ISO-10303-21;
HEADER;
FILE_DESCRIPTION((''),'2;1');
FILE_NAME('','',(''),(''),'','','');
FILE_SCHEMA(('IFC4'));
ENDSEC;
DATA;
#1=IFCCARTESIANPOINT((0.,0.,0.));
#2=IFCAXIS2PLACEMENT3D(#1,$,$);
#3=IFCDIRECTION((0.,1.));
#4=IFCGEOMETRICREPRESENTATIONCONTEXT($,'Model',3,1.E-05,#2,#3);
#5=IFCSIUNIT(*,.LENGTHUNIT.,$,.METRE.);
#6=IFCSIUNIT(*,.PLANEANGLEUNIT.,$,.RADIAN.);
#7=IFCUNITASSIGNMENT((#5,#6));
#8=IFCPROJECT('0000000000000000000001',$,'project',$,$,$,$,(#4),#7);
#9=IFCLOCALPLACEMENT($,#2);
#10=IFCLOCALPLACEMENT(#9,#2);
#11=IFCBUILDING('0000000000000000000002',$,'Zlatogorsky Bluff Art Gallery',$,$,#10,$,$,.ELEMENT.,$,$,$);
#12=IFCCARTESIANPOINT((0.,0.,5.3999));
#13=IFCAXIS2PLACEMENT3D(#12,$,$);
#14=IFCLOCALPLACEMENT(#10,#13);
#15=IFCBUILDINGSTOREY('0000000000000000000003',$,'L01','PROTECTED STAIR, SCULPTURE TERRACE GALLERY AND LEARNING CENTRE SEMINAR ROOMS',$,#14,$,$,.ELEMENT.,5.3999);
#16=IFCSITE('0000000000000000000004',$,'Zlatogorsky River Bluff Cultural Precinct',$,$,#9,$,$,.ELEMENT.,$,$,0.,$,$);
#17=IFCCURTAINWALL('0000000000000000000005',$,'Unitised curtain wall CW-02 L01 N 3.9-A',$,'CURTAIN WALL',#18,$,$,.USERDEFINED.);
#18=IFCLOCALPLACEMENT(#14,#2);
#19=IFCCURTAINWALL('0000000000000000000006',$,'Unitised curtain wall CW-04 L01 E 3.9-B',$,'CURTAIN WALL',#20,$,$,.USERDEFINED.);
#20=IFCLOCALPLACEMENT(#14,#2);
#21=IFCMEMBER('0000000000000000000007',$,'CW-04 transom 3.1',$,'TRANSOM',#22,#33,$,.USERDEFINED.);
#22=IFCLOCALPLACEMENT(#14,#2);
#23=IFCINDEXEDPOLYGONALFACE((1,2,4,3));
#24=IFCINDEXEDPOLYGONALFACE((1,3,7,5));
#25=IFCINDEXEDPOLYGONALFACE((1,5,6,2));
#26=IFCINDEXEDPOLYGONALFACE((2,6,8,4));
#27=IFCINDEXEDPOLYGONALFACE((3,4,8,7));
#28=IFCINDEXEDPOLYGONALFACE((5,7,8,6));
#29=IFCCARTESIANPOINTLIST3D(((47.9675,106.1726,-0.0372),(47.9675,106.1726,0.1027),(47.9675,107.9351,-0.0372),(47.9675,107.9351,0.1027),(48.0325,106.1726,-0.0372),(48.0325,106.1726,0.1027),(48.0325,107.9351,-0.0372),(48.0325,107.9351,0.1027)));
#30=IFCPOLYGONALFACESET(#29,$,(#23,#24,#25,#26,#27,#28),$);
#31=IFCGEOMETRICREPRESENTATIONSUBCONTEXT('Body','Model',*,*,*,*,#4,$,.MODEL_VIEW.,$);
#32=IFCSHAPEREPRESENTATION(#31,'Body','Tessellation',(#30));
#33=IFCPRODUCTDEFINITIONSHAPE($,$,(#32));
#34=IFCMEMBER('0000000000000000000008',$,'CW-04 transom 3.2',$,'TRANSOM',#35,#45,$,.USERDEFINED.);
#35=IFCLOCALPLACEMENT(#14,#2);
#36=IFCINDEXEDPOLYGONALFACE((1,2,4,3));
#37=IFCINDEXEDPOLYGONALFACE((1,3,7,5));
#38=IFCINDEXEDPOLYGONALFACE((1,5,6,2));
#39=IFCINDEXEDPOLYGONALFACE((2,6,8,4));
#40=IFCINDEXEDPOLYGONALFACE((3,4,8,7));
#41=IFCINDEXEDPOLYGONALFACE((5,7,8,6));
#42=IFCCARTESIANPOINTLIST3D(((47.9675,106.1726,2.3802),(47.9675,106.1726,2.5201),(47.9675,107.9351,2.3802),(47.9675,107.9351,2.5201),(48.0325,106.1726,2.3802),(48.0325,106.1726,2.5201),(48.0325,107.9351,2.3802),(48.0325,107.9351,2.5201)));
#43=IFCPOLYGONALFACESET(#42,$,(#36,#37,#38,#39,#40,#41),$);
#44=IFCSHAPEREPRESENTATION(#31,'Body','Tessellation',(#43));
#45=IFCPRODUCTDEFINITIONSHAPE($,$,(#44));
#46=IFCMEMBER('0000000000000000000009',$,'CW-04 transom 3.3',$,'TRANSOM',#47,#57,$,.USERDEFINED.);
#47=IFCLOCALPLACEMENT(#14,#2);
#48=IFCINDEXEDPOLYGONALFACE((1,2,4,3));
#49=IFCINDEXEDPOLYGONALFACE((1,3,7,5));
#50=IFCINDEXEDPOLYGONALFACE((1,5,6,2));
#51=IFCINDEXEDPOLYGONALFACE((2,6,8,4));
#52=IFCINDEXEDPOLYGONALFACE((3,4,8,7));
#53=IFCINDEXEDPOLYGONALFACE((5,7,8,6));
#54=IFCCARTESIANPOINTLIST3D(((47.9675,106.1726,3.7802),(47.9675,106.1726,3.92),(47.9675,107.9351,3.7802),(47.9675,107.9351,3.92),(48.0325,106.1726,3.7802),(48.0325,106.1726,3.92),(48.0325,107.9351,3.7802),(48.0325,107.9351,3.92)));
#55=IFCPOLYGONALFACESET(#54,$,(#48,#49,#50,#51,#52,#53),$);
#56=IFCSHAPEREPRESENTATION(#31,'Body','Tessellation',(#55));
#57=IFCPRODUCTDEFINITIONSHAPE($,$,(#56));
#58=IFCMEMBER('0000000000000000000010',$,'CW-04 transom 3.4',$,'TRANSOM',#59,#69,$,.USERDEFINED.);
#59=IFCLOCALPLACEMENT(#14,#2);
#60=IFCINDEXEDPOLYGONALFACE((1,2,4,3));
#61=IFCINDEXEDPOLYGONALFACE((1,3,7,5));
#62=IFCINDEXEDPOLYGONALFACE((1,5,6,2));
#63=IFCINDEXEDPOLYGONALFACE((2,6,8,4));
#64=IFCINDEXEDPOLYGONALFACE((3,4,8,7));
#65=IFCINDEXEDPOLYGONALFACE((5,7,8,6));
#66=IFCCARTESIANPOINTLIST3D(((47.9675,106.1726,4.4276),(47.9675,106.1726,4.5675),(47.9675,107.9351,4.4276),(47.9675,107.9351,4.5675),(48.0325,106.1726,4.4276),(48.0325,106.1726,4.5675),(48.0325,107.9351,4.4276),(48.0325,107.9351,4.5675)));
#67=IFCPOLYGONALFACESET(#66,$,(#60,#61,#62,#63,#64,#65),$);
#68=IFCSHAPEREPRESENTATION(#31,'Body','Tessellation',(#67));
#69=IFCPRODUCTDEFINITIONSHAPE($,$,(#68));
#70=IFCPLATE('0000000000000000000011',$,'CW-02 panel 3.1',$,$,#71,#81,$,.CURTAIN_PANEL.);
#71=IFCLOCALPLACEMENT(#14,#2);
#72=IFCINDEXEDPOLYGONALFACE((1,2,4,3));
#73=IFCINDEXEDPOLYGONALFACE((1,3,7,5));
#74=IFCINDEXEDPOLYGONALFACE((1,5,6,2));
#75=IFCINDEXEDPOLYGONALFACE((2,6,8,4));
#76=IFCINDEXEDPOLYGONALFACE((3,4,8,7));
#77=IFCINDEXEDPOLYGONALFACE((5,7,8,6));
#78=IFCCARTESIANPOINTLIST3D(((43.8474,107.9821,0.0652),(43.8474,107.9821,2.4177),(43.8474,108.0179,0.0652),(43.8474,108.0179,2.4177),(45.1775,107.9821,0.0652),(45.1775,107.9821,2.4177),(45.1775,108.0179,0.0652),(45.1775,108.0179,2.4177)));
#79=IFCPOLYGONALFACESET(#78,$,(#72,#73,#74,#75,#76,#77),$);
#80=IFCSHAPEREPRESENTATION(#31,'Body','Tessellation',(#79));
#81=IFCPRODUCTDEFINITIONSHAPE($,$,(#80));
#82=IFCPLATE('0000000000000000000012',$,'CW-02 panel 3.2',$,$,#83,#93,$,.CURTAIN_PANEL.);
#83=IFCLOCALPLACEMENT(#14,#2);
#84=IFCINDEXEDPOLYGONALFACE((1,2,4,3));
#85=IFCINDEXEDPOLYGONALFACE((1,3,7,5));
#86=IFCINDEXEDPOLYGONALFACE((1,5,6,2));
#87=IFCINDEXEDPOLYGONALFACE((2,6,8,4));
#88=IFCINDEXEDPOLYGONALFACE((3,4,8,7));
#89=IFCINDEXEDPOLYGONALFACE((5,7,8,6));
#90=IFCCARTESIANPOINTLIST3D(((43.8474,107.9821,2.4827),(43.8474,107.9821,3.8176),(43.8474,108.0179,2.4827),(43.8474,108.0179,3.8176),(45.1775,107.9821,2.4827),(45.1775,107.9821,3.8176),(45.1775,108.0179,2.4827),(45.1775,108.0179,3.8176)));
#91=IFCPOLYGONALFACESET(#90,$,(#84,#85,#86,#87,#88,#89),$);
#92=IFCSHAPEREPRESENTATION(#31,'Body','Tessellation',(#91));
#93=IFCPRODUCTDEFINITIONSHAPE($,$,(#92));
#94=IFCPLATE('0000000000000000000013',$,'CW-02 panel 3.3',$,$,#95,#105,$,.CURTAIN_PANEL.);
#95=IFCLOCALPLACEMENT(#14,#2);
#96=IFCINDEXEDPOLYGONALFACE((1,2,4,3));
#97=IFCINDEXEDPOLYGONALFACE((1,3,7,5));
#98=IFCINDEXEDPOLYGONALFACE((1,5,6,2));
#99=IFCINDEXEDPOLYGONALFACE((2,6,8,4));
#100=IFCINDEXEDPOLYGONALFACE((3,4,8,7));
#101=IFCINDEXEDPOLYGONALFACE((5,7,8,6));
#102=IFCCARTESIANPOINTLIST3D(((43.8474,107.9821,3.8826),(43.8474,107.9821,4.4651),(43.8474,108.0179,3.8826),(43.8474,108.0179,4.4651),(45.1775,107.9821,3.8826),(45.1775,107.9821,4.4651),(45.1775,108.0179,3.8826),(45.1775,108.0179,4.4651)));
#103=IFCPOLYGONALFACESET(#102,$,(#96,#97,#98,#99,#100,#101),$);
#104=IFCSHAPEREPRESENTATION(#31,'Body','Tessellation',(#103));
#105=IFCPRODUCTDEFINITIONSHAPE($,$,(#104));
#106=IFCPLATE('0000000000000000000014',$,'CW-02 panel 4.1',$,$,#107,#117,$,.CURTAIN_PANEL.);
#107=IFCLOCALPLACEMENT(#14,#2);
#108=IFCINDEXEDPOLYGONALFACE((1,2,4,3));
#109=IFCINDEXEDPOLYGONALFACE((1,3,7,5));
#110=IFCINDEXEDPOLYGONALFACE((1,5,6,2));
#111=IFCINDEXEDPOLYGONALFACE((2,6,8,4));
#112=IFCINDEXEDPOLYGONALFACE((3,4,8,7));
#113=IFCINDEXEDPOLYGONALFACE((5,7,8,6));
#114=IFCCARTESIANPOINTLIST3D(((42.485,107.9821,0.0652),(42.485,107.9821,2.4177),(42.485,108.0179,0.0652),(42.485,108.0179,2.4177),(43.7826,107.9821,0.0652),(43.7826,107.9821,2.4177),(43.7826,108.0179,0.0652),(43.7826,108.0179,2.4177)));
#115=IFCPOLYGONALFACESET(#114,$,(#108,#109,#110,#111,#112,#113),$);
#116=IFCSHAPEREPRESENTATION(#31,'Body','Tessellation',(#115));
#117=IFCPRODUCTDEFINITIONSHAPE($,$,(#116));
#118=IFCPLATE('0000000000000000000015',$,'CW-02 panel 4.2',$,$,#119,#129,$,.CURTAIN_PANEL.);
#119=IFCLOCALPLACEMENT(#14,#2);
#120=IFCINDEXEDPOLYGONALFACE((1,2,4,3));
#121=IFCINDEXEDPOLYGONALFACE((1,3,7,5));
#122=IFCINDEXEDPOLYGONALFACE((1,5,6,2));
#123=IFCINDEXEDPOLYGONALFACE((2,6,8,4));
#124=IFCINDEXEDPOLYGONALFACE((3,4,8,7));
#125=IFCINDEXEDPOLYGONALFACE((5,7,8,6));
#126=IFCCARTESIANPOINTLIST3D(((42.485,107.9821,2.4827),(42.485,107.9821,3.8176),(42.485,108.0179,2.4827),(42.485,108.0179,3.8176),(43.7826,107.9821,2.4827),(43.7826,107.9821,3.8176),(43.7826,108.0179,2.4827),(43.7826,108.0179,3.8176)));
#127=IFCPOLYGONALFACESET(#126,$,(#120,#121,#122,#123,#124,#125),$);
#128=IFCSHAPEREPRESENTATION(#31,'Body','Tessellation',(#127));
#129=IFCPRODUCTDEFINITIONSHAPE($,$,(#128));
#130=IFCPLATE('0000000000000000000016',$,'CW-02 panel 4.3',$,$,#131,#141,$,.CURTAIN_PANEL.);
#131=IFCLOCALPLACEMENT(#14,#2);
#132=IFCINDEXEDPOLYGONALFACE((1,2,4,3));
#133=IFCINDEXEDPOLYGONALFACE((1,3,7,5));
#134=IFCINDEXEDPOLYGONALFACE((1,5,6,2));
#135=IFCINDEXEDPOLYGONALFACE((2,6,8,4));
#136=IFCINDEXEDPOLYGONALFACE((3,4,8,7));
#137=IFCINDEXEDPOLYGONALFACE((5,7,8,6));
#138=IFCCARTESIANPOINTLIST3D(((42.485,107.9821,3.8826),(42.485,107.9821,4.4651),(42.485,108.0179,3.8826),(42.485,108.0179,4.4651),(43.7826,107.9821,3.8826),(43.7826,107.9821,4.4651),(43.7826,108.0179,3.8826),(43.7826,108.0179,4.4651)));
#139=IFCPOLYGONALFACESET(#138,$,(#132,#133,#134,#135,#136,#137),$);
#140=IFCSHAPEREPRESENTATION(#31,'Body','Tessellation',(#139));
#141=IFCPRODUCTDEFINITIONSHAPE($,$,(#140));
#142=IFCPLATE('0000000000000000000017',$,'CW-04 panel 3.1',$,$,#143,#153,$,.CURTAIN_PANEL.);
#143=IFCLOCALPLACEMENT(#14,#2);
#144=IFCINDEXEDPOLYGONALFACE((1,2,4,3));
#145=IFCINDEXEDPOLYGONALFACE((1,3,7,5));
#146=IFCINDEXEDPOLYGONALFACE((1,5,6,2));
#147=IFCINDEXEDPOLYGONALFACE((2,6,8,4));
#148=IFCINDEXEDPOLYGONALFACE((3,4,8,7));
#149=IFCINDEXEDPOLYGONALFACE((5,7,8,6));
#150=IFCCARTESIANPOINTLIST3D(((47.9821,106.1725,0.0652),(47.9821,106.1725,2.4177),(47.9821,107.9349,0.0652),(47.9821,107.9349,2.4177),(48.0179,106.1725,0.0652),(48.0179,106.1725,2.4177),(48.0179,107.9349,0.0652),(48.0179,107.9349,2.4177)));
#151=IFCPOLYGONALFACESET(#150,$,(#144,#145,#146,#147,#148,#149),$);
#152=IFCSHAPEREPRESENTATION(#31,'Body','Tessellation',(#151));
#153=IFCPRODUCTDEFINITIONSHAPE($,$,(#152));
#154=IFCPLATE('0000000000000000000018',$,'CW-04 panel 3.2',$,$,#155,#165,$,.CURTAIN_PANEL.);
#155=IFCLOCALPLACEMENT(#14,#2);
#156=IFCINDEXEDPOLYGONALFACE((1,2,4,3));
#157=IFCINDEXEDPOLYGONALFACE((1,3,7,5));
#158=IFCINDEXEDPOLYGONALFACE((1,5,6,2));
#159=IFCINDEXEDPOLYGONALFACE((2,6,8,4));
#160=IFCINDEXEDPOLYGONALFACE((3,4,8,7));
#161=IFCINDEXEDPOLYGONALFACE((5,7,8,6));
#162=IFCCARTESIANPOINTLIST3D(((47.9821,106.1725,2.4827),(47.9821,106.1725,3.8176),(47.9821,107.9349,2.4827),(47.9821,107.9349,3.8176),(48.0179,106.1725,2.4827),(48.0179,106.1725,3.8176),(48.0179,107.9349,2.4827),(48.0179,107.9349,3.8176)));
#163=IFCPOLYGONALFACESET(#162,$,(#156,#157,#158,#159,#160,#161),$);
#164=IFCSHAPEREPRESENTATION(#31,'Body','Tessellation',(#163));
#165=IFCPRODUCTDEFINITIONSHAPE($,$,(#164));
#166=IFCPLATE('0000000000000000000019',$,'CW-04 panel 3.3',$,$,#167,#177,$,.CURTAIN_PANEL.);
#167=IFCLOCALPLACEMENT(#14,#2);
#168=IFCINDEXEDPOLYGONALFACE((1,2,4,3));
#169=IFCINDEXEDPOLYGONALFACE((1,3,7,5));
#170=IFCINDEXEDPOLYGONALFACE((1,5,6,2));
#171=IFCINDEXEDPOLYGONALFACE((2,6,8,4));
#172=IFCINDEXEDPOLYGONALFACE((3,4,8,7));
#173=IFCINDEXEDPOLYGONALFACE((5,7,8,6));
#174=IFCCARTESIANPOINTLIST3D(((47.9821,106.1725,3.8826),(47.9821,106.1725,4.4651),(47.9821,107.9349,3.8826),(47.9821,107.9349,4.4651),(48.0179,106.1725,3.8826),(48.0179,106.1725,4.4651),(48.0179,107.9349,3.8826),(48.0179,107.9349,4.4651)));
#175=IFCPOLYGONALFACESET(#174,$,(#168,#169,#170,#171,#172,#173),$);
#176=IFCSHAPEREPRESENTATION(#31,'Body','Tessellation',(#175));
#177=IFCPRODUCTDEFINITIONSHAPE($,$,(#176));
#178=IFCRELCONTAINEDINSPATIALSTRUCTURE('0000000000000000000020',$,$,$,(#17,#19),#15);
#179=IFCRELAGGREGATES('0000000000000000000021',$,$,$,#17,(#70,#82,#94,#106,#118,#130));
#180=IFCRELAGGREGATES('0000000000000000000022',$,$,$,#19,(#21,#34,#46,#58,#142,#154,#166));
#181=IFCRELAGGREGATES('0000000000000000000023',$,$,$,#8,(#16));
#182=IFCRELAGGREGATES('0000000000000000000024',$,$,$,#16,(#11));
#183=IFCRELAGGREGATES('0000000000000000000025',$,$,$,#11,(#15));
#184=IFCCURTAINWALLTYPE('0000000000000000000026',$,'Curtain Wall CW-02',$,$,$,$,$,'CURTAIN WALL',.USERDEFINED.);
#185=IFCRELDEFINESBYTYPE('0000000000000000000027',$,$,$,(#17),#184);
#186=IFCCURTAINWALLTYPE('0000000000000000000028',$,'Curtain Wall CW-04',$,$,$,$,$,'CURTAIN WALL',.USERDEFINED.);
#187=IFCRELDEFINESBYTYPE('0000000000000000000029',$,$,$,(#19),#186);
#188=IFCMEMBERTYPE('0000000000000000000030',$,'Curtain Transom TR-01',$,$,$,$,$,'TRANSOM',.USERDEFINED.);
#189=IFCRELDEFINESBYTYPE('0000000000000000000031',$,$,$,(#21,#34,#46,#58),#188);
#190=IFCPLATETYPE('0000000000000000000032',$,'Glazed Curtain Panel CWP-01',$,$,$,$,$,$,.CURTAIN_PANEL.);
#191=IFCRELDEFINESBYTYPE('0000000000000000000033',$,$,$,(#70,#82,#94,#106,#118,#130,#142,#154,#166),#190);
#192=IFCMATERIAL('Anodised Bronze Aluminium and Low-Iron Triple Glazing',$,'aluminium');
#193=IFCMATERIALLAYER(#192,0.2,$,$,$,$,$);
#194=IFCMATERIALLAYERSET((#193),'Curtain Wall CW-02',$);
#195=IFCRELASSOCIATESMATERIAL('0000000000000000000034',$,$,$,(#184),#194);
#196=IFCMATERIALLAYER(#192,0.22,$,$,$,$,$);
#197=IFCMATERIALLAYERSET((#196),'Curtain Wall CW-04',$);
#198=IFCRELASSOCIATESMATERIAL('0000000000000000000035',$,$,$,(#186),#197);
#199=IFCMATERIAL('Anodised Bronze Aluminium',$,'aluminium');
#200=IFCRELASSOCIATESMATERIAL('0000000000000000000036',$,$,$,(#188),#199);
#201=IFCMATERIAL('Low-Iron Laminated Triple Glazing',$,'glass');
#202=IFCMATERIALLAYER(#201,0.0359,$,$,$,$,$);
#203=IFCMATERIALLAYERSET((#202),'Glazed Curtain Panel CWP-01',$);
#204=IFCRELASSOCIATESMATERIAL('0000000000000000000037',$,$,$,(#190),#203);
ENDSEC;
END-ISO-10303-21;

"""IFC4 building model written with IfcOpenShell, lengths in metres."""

from ifc_helpers import new_model, si_unit, direction, frame, origin, origin_2d, place, context, subcontext, project, spatial, rectangle, extrude, material, layer, layer_set, material_profile, profile_set, type_object, element, aggregate, save


model = new_model("IFC4")

# Units and contexts
model_context = context("Model", 3, precision=1e-05, world=origin(), true_north=direction((0.0, 1.0)))
body_context = subcontext(model_context, "Body", "Model", "MODEL_VIEW")
ifc_project = project(units=[si_unit("LENGTHUNIT", "METRE"), si_unit("PLANEANGLEUNIT", "RADIAN")], contexts=[model_context])

# Site, building, storey
site_placement = place(None, origin())
site = spatial("IfcSite", under=ifc_project, at=site_placement, Name="Zlatogorsky River Bluff Cultural Precinct", CompositionType="ELEMENT", RefElevation=0.0)
building_placement = place(site_placement, origin())
building = spatial("IfcBuilding", under=site, at=building_placement, Name="Zlatogorsky Bluff Art Gallery", CompositionType="ELEMENT")
storey_placement = place(building_placement, frame((0.0, 0.0, 5.3999)))
storey = spatial("IfcBuildingStorey", under=building, at=storey_placement, Name="L01", Description="PROTECTED STAIR, SCULPTURE TERRACE GALLERY AND LEARNING CENTRE SEMINAR ROOMS", CompositionType="ELEMENT", Elevation=5.3999)

# Curtain wall
ifc_material_1 = material(Name="Anodised Bronze Aluminium and Low-Iron Triple Glazing", Category="aluminium")
ifc_layer_1 = layer(ifc_material_1, 0.2)
ifc_layer_set_1 = layer_set([ifc_layer_1], Name="Curtain Wall CW-02")
curtain_wall_type_1 = type_object("IfcCurtainWallType", Name="Curtain Wall CW-02", ElementType="CURTAIN WALL", PredefinedType="USERDEFINED", material=ifc_layer_set_1)
curtain_wall_1_placement = place(storey_placement, origin())
curtain_wall_1 = element("IfcCurtainWall", 1, at=curtain_wall_1_placement, inside=storey, type_object=curtain_wall_type_1, Name="Unitised curtain wall CW-02 L01 N 3.9-A", ObjectType="CURTAIN WALL", PredefinedType="USERDEFINED")
ifc_material_2 = material(Name="Anodised Bronze Aluminium", Category="aluminium")

# Curtain wall
ifc_layer_2 = layer(ifc_material_1, 0.22)
ifc_layer_set_2 = layer_set([ifc_layer_2], Name="Curtain Wall CW-04")
curtain_wall_type_2 = type_object("IfcCurtainWallType", Name="Curtain Wall CW-04", ElementType="CURTAIN WALL", PredefinedType="USERDEFINED", material=ifc_layer_set_2)
curtain_wall_2_placement = place(storey_placement, origin())
curtain_wall_2 = element("IfcCurtainWall", 2, at=curtain_wall_2_placement, inside=storey, type_object=curtain_wall_type_2, Name="Unitised curtain wall CW-04 L01 E 3.9-B", ObjectType="CURTAIN WALL", PredefinedType="USERDEFINED")

# Members
ifc_material_profile_1 = material_profile(ifc_material_2, rectangle(XDim=0.0649, YDim=0.1399, at=origin_2d()), Name="ALU TRANSOM 65x140")
ifc_profile_set_1 = profile_set([ifc_material_profile_1], Name="Anodised Bronze Aluminium")
member_type_1 = type_object("IfcMemberType", Name="Curtain Transom TR-01", ElementType="TRANSOM", PredefinedType="USERDEFINED", material=ifc_profile_set_1)
member_1_placement = place(storey_placement, frame((48.0, 106.1726, 0.0327), z_axis=(0.0, 1.0, 0.0), x_axis=(-1.0, 0.0, 0.0)))
member_1 = element("IfcMember", 3, at=member_1_placement, type_object=member_type_1, Name="CW-04 transom 3.1", ObjectType="TRANSOM", PredefinedType="USERDEFINED", context=body_context, shape_type="SweptSolid", body=[
    extrude(rectangle(XDim=0.0649, YDim=0.1399, at=origin_2d()), origin(), (0.0, 0.0, 1.0), 1.7625),
])
member_2_placement = place(storey_placement, frame((48.0, 106.1726, 2.4502), z_axis=(0.0, 1.0, 0.0), x_axis=(-1.0, 0.0, 0.0)))
member_2 = element("IfcMember", 4, at=member_2_placement, type_object=member_type_1, Name="CW-04 transom 3.2", ObjectType="TRANSOM", PredefinedType="USERDEFINED", context=body_context, shape_type="SweptSolid", body=[
    extrude(rectangle(XDim=0.0649, YDim=0.1399, at=origin_2d()), origin(), (0.0, 0.0, 1.0), 1.7625),
])
member_3_placement = place(storey_placement, frame((48.0, 106.1726, 3.8501), z_axis=(0.0, 1.0, 0.0), x_axis=(-1.0, 0.0, 0.0)))
member_3 = element("IfcMember", 5, at=member_3_placement, type_object=member_type_1, Name="CW-04 transom 3.3", ObjectType="TRANSOM", PredefinedType="USERDEFINED", context=body_context, shape_type="SweptSolid", body=[
    extrude(rectangle(XDim=0.0649, YDim=0.1399, at=origin_2d()), origin(), (0.0, 0.0, 1.0), 1.7625),
])
member_4_placement = place(storey_placement, frame((48.0, 106.1726, 4.4976), z_axis=(0.0, 1.0, 0.0), x_axis=(-1.0, 0.0, 0.0)))
member_4 = element("IfcMember", 6, at=member_4_placement, type_object=member_type_1, Name="CW-04 transom 3.4", ObjectType="TRANSOM", PredefinedType="USERDEFINED", context=body_context, shape_type="SweptSolid", body=[
    extrude(rectangle(XDim=0.0649, YDim=0.1399, at=origin_2d()), origin(), (0.0, 0.0, 1.0), 1.7625),
])

# Plates
ifc_material_3 = material(Name="Low-Iron Laminated Triple Glazing", Category="glass")
ifc_layer_3 = layer(ifc_material_3, 0.0359)
ifc_layer_set_3 = layer_set([ifc_layer_3], Name="Glazed Curtain Panel CWP-01")
plate_type = type_object("IfcPlateType", Name="Glazed Curtain Panel CWP-01", PredefinedType="CURTAIN_PANEL", material=ifc_layer_set_3)
plate_1_placement = place(storey_placement, frame((44.5125, 108.0, 0.0652), z_axis=(0.0, 0.0, 1.0), x_axis=(-1.0, 0.0, 0.0)))
plate_1 = element("IfcPlate", 7, at=plate_1_placement, type_object=plate_type, Name="CW-02 panel 3.1", PredefinedType="CURTAIN_PANEL", context=body_context, shape_type="SweptSolid", body=[
    extrude(rectangle(XDim=1.3301, YDim=0.0359, at=origin_2d()), origin(), (0.0, 0.0, 1.0), 2.3525),
])
plate_2_placement = place(storey_placement, frame((44.5125, 108.0, 2.4827), z_axis=(0.0, 0.0, 1.0), x_axis=(-1.0, 0.0, 0.0)))
plate_2 = element("IfcPlate", 8, at=plate_2_placement, type_object=plate_type, Name="CW-02 panel 3.2", PredefinedType="CURTAIN_PANEL", context=body_context, shape_type="SweptSolid", body=[
    extrude(rectangle(XDim=1.3301, YDim=0.0359, at=origin_2d()), origin(), (0.0, 0.0, 1.0), 1.335),
])
plate_3_placement = place(storey_placement, frame((44.5125, 108.0, 3.8826), z_axis=(0.0, 0.0, 1.0), x_axis=(-1.0, 0.0, 0.0)))
plate_3 = element("IfcPlate", 9, at=plate_3_placement, type_object=plate_type, Name="CW-02 panel 3.3", PredefinedType="CURTAIN_PANEL", context=body_context, shape_type="SweptSolid", body=[
    extrude(rectangle(XDim=1.3301, YDim=0.0359, at=origin_2d()), origin(), (0.0, 0.0, 1.0), 0.5825),
])
plate_4_placement = place(storey_placement, frame((43.1338, 108.0, 0.0652), z_axis=(0.0, 0.0, 1.0), x_axis=(-1.0, 0.0, 0.0)))
plate_4 = element("IfcPlate", 10, at=plate_4_placement, type_object=plate_type, Name="CW-02 panel 4.1", PredefinedType="CURTAIN_PANEL", context=body_context, shape_type="SweptSolid", body=[
    extrude(rectangle(XDim=1.2976, YDim=0.0359, at=origin_2d()), origin(), (0.0, 0.0, 1.0), 2.3525),
])
plate_5_placement = place(storey_placement, frame((43.1338, 108.0, 2.4827), z_axis=(0.0, 0.0, 1.0), x_axis=(-1.0, 0.0, 0.0)))
plate_5 = element("IfcPlate", 11, at=plate_5_placement, type_object=plate_type, Name="CW-02 panel 4.2", PredefinedType="CURTAIN_PANEL", context=body_context, shape_type="SweptSolid", body=[
    extrude(rectangle(XDim=1.2976, YDim=0.0359, at=origin_2d()), origin(), (0.0, 0.0, 1.0), 1.335),
])
plate_6_placement = place(storey_placement, frame((43.1338, 108.0, 3.8826), z_axis=(0.0, 0.0, 1.0), x_axis=(-1.0, 0.0, 0.0)))
plate_6 = element("IfcPlate", 12, at=plate_6_placement, type_object=plate_type, Name="CW-02 panel 4.3", PredefinedType="CURTAIN_PANEL", context=body_context, shape_type="SweptSolid", body=[
    extrude(rectangle(XDim=1.2976, YDim=0.0359, at=origin_2d()), origin(), (0.0, 0.0, 1.0), 0.5825),
])
aggregate(curtain_wall_1, [plate_1, plate_2, plate_3, plate_4, plate_5, plate_6])
plate_7_placement = place(storey_placement, frame((48.0, 107.0537, 0.0652), z_axis=(0.0, 0.0, 1.0), x_axis=(0.0, 1.0, 0.0)))
plate_7 = element("IfcPlate", 13, at=plate_7_placement, type_object=plate_type, Name="CW-04 panel 3.1", PredefinedType="CURTAIN_PANEL", context=body_context, shape_type="SweptSolid", body=[
    extrude(rectangle(XDim=1.7625, YDim=0.0359, at=origin_2d()), origin(), (0.0, 0.0, 1.0), 2.3525),
])
plate_8_placement = place(storey_placement, frame((48.0, 107.0537, 2.4827), z_axis=(0.0, 0.0, 1.0), x_axis=(0.0, 1.0, 0.0)))
plate_8 = element("IfcPlate", 14, at=plate_8_placement, type_object=plate_type, Name="CW-04 panel 3.2", PredefinedType="CURTAIN_PANEL", context=body_context, shape_type="SweptSolid", body=[
    extrude(rectangle(XDim=1.7625, YDim=0.0359, at=origin_2d()), origin(), (0.0, 0.0, 1.0), 1.335),
])
plate_9_placement = place(storey_placement, frame((48.0, 107.0537, 3.8826), z_axis=(0.0, 0.0, 1.0), x_axis=(0.0, 1.0, 0.0)))
plate_9 = element("IfcPlate", 15, at=plate_9_placement, type_object=plate_type, Name="CW-04 panel 3.3", PredefinedType="CURTAIN_PANEL", context=body_context, shape_type="SweptSolid", body=[
    extrude(rectangle(XDim=1.7625, YDim=0.0359, at=origin_2d()), origin(), (0.0, 0.0, 1.0), 0.5825),
])
aggregate(curtain_wall_2, [member_1, member_2, member_3, member_4, plate_7, plate_8, plate_9])

save(model, "model.ifc")
